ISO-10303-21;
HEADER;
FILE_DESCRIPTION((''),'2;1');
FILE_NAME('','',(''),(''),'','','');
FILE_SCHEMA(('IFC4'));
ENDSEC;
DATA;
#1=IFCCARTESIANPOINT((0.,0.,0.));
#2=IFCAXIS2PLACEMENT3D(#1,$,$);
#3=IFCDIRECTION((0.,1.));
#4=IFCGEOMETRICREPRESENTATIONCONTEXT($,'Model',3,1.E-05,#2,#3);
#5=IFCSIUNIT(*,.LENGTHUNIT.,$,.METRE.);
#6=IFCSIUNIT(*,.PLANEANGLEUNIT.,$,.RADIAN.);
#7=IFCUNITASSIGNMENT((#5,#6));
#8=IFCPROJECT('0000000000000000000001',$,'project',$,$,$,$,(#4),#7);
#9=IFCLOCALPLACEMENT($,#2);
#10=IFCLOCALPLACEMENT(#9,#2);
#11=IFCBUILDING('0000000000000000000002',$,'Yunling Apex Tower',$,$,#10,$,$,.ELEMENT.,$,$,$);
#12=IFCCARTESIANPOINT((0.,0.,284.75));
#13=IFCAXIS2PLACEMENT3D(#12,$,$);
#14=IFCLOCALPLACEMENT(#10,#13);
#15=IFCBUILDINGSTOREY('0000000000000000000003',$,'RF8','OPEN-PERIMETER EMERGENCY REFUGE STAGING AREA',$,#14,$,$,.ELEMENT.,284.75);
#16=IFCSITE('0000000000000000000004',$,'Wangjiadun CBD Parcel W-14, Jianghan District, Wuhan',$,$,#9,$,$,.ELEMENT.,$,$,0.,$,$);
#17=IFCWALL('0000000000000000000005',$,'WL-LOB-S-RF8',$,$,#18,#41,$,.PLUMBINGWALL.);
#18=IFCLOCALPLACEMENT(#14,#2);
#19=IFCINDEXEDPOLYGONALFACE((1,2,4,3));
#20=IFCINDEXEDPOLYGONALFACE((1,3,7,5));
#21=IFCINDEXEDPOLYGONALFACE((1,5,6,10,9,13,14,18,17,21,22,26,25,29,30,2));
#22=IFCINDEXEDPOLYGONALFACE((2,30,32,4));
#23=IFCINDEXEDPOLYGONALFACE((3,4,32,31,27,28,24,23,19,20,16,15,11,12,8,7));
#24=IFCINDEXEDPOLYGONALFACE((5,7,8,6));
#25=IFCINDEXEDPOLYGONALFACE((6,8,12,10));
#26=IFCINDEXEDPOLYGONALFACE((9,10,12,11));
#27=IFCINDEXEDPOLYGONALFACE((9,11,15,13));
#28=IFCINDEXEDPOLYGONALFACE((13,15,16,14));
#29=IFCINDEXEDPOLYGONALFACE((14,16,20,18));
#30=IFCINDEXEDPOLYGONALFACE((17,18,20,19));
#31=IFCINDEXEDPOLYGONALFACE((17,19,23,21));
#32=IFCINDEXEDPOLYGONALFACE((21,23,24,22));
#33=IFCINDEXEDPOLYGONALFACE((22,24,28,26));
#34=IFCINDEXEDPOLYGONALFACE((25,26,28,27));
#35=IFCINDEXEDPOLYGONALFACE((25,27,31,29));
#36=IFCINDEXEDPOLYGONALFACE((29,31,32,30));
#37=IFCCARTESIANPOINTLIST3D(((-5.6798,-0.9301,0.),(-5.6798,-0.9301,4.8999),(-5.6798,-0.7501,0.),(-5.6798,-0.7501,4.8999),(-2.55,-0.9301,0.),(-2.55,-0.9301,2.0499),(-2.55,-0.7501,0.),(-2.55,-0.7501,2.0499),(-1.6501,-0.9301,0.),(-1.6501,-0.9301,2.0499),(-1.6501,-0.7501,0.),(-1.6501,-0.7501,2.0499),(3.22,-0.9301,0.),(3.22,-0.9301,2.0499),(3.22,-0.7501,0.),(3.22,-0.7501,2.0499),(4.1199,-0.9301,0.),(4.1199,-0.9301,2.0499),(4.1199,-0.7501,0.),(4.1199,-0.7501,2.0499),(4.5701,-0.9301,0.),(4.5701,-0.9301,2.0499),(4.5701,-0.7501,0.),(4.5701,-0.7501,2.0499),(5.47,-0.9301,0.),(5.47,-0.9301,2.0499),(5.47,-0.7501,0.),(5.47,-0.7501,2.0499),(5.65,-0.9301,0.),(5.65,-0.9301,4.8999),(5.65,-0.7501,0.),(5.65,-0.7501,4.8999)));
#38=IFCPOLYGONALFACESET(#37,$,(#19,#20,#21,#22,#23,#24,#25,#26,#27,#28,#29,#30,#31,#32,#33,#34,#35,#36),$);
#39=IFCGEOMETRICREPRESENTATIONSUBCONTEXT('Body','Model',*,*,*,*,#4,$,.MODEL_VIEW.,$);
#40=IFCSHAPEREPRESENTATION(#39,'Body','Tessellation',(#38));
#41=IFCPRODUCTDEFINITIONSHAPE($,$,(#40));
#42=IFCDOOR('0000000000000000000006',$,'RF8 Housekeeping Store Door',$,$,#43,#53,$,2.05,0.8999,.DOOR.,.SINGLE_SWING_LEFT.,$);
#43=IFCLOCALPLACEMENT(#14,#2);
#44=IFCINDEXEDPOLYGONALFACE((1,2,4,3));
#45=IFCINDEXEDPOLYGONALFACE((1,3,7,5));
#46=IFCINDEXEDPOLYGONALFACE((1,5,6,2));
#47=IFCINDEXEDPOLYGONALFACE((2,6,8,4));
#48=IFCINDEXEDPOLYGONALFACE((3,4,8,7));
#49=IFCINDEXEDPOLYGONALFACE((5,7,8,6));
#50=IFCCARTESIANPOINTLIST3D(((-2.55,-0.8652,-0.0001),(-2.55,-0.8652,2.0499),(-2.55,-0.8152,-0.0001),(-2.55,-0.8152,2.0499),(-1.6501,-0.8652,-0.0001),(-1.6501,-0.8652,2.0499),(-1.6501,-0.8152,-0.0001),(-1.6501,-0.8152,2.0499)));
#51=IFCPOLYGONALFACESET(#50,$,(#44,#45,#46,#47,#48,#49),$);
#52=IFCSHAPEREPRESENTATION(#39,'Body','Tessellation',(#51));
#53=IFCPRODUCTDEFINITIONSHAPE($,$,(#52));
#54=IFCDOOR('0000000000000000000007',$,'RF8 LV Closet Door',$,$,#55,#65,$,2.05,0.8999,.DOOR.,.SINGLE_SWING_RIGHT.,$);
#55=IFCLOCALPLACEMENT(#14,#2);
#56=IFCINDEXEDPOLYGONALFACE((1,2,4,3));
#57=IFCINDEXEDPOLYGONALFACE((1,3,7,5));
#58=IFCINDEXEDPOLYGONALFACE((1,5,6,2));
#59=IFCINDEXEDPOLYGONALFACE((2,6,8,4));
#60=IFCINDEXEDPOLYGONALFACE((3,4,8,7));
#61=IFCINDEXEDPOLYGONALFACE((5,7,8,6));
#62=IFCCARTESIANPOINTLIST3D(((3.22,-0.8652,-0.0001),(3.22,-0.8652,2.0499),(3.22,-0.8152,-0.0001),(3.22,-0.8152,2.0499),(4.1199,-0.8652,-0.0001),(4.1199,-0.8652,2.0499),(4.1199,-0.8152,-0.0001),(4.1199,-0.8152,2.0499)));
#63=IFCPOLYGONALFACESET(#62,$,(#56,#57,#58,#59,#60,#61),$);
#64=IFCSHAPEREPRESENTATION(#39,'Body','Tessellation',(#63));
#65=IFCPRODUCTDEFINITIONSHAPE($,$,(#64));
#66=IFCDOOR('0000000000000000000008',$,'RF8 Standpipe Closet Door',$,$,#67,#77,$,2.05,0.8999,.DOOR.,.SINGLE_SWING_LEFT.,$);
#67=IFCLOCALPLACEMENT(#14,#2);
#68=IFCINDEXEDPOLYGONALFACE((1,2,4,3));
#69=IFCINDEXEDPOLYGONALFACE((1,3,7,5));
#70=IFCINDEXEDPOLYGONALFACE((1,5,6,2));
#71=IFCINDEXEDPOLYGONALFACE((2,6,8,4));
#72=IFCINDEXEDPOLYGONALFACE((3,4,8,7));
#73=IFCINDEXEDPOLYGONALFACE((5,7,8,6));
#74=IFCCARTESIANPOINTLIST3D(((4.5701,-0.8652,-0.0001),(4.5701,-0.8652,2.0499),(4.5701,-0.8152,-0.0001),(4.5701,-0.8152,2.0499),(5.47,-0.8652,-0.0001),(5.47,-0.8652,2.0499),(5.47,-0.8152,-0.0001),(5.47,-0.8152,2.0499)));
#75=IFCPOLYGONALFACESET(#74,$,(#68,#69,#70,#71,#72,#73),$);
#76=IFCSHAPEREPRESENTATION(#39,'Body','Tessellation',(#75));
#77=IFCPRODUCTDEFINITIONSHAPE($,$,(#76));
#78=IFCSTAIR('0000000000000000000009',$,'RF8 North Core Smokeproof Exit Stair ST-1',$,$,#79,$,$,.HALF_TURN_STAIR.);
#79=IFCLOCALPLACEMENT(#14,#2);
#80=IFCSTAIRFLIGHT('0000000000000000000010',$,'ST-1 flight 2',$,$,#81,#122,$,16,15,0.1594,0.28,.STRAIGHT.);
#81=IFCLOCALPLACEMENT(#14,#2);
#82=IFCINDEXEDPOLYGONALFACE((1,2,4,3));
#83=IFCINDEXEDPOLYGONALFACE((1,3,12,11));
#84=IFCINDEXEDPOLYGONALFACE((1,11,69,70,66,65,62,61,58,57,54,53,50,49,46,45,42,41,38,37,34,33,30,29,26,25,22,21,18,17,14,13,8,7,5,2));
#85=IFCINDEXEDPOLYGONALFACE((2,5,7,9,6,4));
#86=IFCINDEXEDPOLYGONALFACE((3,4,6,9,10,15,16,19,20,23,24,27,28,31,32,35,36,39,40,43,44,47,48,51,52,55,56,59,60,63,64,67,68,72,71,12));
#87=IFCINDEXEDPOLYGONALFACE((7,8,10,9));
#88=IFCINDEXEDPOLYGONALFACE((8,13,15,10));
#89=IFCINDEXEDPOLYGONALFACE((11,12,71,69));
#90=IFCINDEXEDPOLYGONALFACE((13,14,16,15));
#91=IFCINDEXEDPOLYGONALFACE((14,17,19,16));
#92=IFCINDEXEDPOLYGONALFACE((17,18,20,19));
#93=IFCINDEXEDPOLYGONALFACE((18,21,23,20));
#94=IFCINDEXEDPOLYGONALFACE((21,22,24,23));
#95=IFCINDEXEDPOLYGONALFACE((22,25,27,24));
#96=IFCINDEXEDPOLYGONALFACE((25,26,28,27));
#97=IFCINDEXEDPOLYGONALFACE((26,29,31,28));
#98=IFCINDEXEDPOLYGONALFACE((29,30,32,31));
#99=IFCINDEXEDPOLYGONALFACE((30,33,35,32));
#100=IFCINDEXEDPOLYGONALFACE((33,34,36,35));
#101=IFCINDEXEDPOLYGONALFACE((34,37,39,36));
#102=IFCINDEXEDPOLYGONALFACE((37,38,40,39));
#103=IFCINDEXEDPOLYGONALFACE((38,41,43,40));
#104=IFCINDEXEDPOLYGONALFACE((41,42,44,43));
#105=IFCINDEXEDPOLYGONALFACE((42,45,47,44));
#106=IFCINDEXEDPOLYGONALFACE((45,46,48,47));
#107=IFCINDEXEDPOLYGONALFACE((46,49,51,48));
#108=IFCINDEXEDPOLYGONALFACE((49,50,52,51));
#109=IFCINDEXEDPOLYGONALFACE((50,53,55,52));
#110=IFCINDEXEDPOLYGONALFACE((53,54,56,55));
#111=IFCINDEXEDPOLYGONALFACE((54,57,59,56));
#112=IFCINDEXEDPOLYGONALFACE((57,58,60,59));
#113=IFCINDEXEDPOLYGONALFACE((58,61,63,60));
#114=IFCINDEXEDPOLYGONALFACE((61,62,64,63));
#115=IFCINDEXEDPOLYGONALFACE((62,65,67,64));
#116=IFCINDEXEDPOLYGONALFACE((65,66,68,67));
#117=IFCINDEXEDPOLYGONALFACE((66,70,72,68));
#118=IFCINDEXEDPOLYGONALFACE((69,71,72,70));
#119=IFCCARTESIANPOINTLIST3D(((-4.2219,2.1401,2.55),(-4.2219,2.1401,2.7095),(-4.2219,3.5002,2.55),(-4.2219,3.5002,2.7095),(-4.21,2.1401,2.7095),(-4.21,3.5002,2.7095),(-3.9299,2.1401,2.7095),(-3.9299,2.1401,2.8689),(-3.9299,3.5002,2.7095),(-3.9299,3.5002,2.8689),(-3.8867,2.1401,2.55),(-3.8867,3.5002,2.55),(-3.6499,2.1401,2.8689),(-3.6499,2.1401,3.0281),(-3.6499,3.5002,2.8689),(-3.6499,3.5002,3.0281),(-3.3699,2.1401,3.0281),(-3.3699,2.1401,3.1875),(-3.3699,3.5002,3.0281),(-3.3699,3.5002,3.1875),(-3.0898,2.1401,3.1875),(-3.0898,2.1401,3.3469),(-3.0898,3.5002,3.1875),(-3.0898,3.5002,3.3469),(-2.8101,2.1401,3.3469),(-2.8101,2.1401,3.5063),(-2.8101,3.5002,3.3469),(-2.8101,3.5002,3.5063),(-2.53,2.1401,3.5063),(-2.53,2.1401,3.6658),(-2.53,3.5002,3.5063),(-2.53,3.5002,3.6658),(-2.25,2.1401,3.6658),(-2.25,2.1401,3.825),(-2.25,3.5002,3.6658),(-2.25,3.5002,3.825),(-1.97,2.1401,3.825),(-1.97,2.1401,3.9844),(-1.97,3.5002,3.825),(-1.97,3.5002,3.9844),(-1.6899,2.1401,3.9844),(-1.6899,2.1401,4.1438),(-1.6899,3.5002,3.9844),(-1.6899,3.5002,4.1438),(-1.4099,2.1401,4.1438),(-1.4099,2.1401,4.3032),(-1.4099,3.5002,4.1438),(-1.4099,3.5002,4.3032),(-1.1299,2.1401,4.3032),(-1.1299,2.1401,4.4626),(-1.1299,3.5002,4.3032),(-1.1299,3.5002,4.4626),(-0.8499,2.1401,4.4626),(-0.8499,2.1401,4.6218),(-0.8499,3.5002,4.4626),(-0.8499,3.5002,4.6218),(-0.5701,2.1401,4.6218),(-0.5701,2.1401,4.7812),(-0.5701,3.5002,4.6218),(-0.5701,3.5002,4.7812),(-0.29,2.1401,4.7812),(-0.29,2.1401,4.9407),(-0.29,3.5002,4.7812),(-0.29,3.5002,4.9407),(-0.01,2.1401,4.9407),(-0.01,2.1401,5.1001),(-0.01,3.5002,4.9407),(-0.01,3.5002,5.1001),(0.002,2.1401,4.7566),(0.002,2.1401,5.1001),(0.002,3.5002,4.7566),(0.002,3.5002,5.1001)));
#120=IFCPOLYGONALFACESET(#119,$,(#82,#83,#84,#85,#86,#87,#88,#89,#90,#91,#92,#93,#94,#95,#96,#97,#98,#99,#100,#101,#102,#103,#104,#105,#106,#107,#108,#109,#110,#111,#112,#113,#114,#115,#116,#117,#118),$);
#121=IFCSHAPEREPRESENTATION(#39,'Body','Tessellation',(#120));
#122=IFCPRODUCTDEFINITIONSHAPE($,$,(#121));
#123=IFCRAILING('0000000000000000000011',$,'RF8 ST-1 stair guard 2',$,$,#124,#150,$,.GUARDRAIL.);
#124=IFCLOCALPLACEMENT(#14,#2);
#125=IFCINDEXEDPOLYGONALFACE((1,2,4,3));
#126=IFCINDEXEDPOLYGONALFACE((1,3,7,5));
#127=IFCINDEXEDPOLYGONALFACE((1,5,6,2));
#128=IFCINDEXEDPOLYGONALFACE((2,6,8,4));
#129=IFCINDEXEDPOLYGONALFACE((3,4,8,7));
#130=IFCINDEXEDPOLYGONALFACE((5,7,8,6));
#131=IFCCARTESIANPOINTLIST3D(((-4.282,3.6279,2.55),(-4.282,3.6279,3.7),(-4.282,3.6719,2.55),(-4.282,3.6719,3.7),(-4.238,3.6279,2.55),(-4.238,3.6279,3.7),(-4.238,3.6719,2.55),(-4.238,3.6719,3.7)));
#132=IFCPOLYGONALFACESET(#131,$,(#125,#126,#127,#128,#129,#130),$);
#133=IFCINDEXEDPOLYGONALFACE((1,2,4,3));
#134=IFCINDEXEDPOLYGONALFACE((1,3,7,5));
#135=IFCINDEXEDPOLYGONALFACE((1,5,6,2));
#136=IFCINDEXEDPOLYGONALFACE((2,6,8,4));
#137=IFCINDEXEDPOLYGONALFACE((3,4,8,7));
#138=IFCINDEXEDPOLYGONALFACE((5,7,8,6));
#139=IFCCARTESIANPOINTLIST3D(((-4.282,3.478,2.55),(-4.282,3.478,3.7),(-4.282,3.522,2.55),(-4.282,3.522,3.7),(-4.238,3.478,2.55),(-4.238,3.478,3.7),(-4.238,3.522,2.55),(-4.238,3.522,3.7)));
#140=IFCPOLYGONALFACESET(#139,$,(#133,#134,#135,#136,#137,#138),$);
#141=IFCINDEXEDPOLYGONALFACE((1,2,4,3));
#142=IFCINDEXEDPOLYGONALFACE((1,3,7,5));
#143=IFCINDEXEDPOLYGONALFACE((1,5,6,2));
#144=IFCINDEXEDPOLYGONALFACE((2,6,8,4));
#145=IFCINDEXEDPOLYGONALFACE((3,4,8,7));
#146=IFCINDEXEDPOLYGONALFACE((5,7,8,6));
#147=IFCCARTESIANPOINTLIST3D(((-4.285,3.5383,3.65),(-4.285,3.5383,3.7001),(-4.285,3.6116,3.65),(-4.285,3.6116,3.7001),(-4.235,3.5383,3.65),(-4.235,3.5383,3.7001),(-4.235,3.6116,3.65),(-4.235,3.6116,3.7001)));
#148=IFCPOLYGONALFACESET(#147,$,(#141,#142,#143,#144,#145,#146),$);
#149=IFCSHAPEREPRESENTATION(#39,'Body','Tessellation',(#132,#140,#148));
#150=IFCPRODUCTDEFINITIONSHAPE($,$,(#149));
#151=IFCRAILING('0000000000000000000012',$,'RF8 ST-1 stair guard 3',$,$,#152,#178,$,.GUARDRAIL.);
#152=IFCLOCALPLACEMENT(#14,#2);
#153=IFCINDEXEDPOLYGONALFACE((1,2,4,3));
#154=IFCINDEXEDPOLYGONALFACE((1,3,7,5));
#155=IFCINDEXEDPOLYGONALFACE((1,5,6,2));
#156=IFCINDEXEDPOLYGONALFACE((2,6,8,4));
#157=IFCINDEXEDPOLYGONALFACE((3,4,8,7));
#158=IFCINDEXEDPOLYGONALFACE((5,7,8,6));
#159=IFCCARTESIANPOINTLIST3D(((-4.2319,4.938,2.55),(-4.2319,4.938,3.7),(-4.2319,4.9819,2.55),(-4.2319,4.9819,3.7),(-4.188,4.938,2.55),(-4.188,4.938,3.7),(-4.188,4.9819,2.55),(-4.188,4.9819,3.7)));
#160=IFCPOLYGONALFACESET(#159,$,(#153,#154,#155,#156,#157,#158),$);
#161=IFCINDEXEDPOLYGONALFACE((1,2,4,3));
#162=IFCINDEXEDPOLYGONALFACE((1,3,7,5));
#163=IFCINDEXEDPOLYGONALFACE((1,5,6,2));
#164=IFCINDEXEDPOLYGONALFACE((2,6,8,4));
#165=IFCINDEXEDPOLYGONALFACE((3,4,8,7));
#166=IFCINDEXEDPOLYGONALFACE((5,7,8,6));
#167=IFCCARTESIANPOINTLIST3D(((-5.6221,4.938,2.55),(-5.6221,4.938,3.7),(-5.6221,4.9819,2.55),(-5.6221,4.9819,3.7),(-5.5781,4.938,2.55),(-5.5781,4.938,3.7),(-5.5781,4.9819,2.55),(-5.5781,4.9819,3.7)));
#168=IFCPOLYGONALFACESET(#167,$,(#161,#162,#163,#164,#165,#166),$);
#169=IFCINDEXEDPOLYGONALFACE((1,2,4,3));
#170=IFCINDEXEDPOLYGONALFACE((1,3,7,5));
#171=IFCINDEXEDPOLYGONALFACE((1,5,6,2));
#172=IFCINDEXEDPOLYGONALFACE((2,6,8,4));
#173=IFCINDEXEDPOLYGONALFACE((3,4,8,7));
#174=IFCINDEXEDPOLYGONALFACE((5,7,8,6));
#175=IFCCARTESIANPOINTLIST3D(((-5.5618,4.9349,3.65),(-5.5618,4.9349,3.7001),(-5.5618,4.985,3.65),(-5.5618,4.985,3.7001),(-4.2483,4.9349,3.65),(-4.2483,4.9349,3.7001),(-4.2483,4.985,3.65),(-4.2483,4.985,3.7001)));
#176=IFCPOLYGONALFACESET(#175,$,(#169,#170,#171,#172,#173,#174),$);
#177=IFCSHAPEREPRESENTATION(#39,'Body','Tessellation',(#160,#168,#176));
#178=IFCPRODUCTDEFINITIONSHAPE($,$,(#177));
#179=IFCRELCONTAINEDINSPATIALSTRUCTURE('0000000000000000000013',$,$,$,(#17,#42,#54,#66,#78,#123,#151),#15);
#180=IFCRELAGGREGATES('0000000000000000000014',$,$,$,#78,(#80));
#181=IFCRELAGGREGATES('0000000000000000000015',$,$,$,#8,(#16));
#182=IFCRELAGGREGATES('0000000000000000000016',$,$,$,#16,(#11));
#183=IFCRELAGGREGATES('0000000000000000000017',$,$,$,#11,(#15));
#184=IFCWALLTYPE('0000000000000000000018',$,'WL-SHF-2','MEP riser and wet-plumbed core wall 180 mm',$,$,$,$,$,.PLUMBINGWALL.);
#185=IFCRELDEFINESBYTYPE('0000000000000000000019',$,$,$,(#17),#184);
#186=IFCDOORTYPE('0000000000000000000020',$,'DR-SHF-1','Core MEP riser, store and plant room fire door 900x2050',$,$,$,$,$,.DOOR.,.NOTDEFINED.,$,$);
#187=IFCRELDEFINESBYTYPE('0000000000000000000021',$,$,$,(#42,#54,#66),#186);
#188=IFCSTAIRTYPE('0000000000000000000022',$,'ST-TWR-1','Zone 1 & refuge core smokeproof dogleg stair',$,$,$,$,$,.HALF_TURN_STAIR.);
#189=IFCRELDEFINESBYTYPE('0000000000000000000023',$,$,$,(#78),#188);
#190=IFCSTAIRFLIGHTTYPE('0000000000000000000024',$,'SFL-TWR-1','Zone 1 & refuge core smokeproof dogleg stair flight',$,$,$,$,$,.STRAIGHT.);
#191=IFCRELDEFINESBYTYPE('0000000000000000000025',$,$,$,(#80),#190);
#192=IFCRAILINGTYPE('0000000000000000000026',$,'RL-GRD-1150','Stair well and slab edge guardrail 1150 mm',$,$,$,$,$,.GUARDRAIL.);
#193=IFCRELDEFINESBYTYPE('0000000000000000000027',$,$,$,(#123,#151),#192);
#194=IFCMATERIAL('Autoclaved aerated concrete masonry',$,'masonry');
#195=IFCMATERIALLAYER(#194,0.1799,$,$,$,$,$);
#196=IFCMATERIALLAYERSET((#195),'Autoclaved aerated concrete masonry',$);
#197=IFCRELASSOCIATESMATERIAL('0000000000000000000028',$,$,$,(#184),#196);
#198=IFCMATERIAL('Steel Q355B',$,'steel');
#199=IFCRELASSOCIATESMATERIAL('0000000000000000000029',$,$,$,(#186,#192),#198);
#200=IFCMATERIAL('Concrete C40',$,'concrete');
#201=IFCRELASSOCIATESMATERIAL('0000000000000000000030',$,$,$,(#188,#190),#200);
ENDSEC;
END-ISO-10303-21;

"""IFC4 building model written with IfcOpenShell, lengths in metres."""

from ifc_helpers import new_model, si_unit, direction, frame, frame_2d, origin, origin_2d, place, context, subcontext, project, spatial, polyline, rectangle, outline, extrude, material, layer, layer_set, type_object, element, fill, aggregate, save


model = new_model("IFC4")

# Units and contexts
model_context = context("Model", 3, precision=1e-05, world=origin(), true_north=direction((0.0, 1.0)))
body_context = subcontext(model_context, "Body", "Model", "MODEL_VIEW")
ifc_project = project(units=[si_unit("LENGTHUNIT", "METRE"), si_unit("PLANEANGLEUNIT", "RADIAN")], contexts=[model_context])

# Site, building, storey
site_placement = place(None, origin())
site = spatial("IfcSite", under=ifc_project, at=site_placement, Name="Wangjiadun CBD Parcel W-14, Jianghan District, Wuhan", CompositionType="ELEMENT", RefElevation=0.0)
building_placement = place(site_placement, origin())
building = spatial("IfcBuilding", under=site, at=building_placement, Name="Yunling Apex Tower", CompositionType="ELEMENT")
storey_placement = place(building_placement, frame((0.0, 0.0, 284.75)))
storey = spatial("IfcBuildingStorey", under=building, at=storey_placement, Name="RF8", Description="OPEN-PERIMETER EMERGENCY REFUGE STAGING AREA", CompositionType="ELEMENT", Elevation=284.75)

# Shared definitions
ifc_material_1 = material(Name="Steel Q355B", Category="steel")

# Shared definitions
ifc_material_2 = material(Name="Concrete C40", Category="concrete")

# Shared definitions
ifc_material_3 = material(Name="Autoclaved aerated concrete masonry", Category="masonry")

# Wall, openings, doors
ifc_layer_1 = layer(ifc_material_3, 0.1799)
ifc_layer_set_1 = layer_set([ifc_layer_1], Name="Autoclaved aerated concrete masonry")
wall_type_1 = type_object("IfcWallType", Name="WL-SHF-2", Description="MEP riser and wet-plumbed core wall 180 mm", PredefinedType="PLUMBINGWALL", material=ifc_layer_set_1)
door_type_1 = type_object("IfcDoorType", Name="DR-SHF-1", Description="Core MEP riser, store and plant room fire door 900x2050", OperationType="NOTDEFINED", PredefinedType="DOOR", material=ifc_material_1)
wall_1_placement = place(storey_placement, frame((-5.6799, -0.8401, 0.0), z_axis=(0.0, 0.0, 1.0), x_axis=(1.0, 0.0, 0.0)))
wall_1 = element("IfcWall", 1, at=wall_1_placement, inside=storey, type_object=wall_type_1, Name="WL-LOB-S-RF8", PredefinedType="PLUMBINGWALL", context=body_context, shape_type="SweptSolid", body=[
    extrude(rectangle(XDim=11.3298, YDim=0.1799, at=frame_2d((5.665, 0.0))), origin(), (0.0, 0.0, 1.0), 4.8999),
])
opening_1_placement = place(wall_1_placement, frame((3.1299, 0.0, 0.0)))
opening_1 = element("IfcOpeningElement", 2, at=opening_1_placement, cuts=wall_1, PredefinedType="OPENING", context=body_context, shape_type="SweptSolid", body=[
    extrude(rectangle(XDim=0.8999, YDim=2.05, at=frame_2d((0.45, 1.0249))), frame((0.0, 0.1001, 0.0), z_axis=(0.0, -1.0, 0.0), x_axis=(1.0, 0.0, 0.0)), (0.0, 0.0, 1.0), 0.2),
])
opening_2_placement = place(wall_1_placement, frame((8.8999, 0.0, 0.0)))
opening_2 = element("IfcOpeningElement", 3, at=opening_2_placement, cuts=wall_1, PredefinedType="OPENING", context=body_context, shape_type="SweptSolid", body=[
    extrude(rectangle(XDim=0.8999, YDim=2.05, at=frame_2d((0.45, 1.0249))), frame((0.0, 0.1001, 0.0), z_axis=(0.0, -1.0, 0.0), x_axis=(1.0, 0.0, 0.0)), (0.0, 0.0, 1.0), 0.2),
])
opening_3_placement = place(wall_1_placement, frame((10.25, 0.0, 0.0)))
opening_3 = element("IfcOpeningElement", 4, at=opening_3_placement, cuts=wall_1, PredefinedType="OPENING", context=body_context, shape_type="SweptSolid", body=[
    extrude(rectangle(XDim=0.8999, YDim=2.05, at=frame_2d((0.45, 1.0249))), frame((0.0, 0.1001, 0.0), z_axis=(0.0, -1.0, 0.0), x_axis=(1.0, 0.0, 0.0)), (0.0, 0.0, 1.0), 0.2),
])
door_1_placement = place(opening_1_placement, origin())
door_1 = element("IfcDoor", 5, at=door_1_placement, inside=storey, type_object=door_type_1, Name="RF8 Housekeeping Store Door", OperationType="SINGLE_SWING_LEFT", OverallHeight=2.05, OverallWidth=0.8999, PredefinedType="DOOR", context=body_context, shape_type="SweptSolid", body=[
    extrude(rectangle(XDim=0.8999, YDim=2.05, at=frame_2d((0.45, 1.0249))), frame((0.0, 0.0249, 0.0), z_axis=(0.0, -1.0, 0.0), x_axis=(1.0, 0.0, 0.0)), (0.0, 0.0, 1.0), 0.05),
])
fill(opening_1, door_1)
door_2_placement = place(opening_2_placement, origin())
door_2 = element("IfcDoor", 6, at=door_2_placement, inside=storey, type_object=door_type_1, Name="RF8 LV Closet Door", OperationType="SINGLE_SWING_RIGHT", OverallHeight=2.05, OverallWidth=0.8999, PredefinedType="DOOR", context=body_context, shape_type="SweptSolid", body=[
    extrude(rectangle(XDim=0.8999, YDim=2.05, at=frame_2d((0.45, 1.0249))), frame((0.0, 0.0249, 0.0), z_axis=(0.0, -1.0, 0.0), x_axis=(1.0, 0.0, 0.0)), (0.0, 0.0, 1.0), 0.05),
])
fill(opening_2, door_2)
door_3_placement = place(opening_3_placement, origin())
door_3 = element("IfcDoor", 7, at=door_3_placement, inside=storey, type_object=door_type_1, Name="RF8 Standpipe Closet Door", OperationType="SINGLE_SWING_LEFT", OverallHeight=2.05, OverallWidth=0.8999, PredefinedType="DOOR", context=body_context, shape_type="SweptSolid", body=[
    extrude(rectangle(XDim=0.8999, YDim=2.05, at=frame_2d((0.45, 1.0249))), frame((0.0, 0.0249, 0.0), z_axis=(0.0, -1.0, 0.0), x_axis=(1.0, 0.0, 0.0)), (0.0, 0.0, 1.0), 0.05),
])
fill(opening_3, door_3)

# Stair, stair flight
stair_type = type_object("IfcStairType", Name="ST-TWR-1", Description="Zone 1 & refuge core smokeproof dogleg stair", PredefinedType="HALF_TURN_STAIR", material=ifc_material_2)
stair_placement = place(storey_placement, origin())
stair = element("IfcStair", 8, at=stair_placement, inside=storey, type_object=stair_type, Name="RF8 North Core Smokeproof Exit Stair ST-1", PredefinedType="HALF_TURN_STAIR")
stair_flight_type = type_object("IfcStairFlightType", Name="SFL-TWR-1", Description="Zone 1 & refuge core smokeproof dogleg stair flight", PredefinedType="STRAIGHT", material=ifc_material_2)
stair_flight_placement = place(storey_placement, frame((-4.21, 2.8201, 2.55), z_axis=(0.0, 0.0, 1.0), x_axis=(1.0, 0.0, 0.0)))
stair_flight = element("IfcStairFlight", 9, at=stair_flight_placement, type_object=stair_flight_type, Name="ST-1 flight 2", NumberOfRisers=16, NumberOfTreads=15, PredefinedType="STRAIGHT", RiserHeight=0.1594, TreadLength=0.28, context=body_context, shape_type="SweptSolid", body=[
    extrude(outline(polyline([(-0.012, 0.0), (-0.012, 0.1594), (0.0, 0.1594), (0.28, 0.1594), (0.28, 0.3188), (0.5601, 0.3188), (0.5601, 0.478), (0.8401, 0.478), (0.8401, 0.6375), (1.1201, 0.6375), (1.1201, 0.7969), (1.3999, 0.7969), (1.3999, 0.9563), (1.6799, 0.9563), (1.6799, 1.1157), (1.96, 1.1157), (1.96, 1.2749), (2.24, 1.2749), (2.24, 1.4343), (2.52, 1.4343), (2.52, 1.5938), (2.8, 1.5938), (2.8, 1.7532), (3.0801, 1.7532), (3.0801, 1.9126), (3.3601, 1.9126), (3.3601, 2.0718), (3.6399, 2.0718), (3.6399, 2.2312), (3.9199, 2.2312), (3.9199, 2.3906), (4.2, 2.3906), (4.2, 2.55), (4.2119, 2.55), (4.2119, 2.2065), (0.3232, 0.0), (-0.012, 0.0)])), frame((0.0, 0.6802, 0.0), z_axis=(0.0, -1.0, 0.0), x_axis=(1.0, 0.0, 0.0)), (0.0, 0.0, 1.0), 1.3601),
])
aggregate(stair, [stair_flight])

# Railings
railing_type_1 = type_object("IfcRailingType", Name="RL-GRD-1150", Description="Stair well and slab edge guardrail 1150 mm", PredefinedType="GUARDRAIL", material=ifc_material_1)
railing_1_placement = place(storey_placement, frame((-4.26, 3.6499, 2.55)))
element("IfcRailing", 10, at=railing_1_placement, inside=storey, type_object=railing_type_1, Name="RF8 ST-1 stair guard 2", PredefinedType="GUARDRAIL", context=body_context, shape_type="SweptSolid", body=[
    extrude(rectangle(XDim=0.0439, YDim=0.0439, at=origin_2d()), origin(), (0.0, 0.0, 1.0), 1.1499),
    extrude(rectangle(XDim=0.0439, YDim=0.0439, at=origin_2d()), frame((0.0, -0.1499, 0.0)), (0.0, 0.0, 1.0), 1.1499),
    extrude(rectangle(XDim=0.05, YDim=0.05, at=origin_2d()), frame((0.0, -0.0383, 1.125), z_axis=(0.0, -1.0, 0.0), x_axis=(1.0, 0.0, 0.0)), (0.0, 0.0, 1.0), 0.0732),
])
railing_2_placement = place(storey_placement, frame((-4.21, 4.96, 2.55)))
element("IfcRailing", 11, at=railing_2_placement, inside=storey, type_object=railing_type_1, Name="RF8 ST-1 stair guard 3", PredefinedType="GUARDRAIL", context=body_context, shape_type="SweptSolid", body=[
    extrude(rectangle(XDim=0.0439, YDim=0.0439, at=origin_2d()), origin(), (0.0, 0.0, 1.0), 1.1499),
    extrude(rectangle(XDim=0.0439, YDim=0.0439, at=origin_2d()), frame((-1.3901, 0.0, 0.0)), (0.0, 0.0, 1.0), 1.1499),
    extrude(rectangle(XDim=0.05, YDim=0.05, at=origin_2d()), frame((-0.0383, 0.0, 1.125), z_axis=(-1.0, 0.0, 0.0), x_axis=(0.0, -1.0, 0.0)), (0.0, 0.0, 1.0), 1.3135),
])

save(model, "model.ifc")
